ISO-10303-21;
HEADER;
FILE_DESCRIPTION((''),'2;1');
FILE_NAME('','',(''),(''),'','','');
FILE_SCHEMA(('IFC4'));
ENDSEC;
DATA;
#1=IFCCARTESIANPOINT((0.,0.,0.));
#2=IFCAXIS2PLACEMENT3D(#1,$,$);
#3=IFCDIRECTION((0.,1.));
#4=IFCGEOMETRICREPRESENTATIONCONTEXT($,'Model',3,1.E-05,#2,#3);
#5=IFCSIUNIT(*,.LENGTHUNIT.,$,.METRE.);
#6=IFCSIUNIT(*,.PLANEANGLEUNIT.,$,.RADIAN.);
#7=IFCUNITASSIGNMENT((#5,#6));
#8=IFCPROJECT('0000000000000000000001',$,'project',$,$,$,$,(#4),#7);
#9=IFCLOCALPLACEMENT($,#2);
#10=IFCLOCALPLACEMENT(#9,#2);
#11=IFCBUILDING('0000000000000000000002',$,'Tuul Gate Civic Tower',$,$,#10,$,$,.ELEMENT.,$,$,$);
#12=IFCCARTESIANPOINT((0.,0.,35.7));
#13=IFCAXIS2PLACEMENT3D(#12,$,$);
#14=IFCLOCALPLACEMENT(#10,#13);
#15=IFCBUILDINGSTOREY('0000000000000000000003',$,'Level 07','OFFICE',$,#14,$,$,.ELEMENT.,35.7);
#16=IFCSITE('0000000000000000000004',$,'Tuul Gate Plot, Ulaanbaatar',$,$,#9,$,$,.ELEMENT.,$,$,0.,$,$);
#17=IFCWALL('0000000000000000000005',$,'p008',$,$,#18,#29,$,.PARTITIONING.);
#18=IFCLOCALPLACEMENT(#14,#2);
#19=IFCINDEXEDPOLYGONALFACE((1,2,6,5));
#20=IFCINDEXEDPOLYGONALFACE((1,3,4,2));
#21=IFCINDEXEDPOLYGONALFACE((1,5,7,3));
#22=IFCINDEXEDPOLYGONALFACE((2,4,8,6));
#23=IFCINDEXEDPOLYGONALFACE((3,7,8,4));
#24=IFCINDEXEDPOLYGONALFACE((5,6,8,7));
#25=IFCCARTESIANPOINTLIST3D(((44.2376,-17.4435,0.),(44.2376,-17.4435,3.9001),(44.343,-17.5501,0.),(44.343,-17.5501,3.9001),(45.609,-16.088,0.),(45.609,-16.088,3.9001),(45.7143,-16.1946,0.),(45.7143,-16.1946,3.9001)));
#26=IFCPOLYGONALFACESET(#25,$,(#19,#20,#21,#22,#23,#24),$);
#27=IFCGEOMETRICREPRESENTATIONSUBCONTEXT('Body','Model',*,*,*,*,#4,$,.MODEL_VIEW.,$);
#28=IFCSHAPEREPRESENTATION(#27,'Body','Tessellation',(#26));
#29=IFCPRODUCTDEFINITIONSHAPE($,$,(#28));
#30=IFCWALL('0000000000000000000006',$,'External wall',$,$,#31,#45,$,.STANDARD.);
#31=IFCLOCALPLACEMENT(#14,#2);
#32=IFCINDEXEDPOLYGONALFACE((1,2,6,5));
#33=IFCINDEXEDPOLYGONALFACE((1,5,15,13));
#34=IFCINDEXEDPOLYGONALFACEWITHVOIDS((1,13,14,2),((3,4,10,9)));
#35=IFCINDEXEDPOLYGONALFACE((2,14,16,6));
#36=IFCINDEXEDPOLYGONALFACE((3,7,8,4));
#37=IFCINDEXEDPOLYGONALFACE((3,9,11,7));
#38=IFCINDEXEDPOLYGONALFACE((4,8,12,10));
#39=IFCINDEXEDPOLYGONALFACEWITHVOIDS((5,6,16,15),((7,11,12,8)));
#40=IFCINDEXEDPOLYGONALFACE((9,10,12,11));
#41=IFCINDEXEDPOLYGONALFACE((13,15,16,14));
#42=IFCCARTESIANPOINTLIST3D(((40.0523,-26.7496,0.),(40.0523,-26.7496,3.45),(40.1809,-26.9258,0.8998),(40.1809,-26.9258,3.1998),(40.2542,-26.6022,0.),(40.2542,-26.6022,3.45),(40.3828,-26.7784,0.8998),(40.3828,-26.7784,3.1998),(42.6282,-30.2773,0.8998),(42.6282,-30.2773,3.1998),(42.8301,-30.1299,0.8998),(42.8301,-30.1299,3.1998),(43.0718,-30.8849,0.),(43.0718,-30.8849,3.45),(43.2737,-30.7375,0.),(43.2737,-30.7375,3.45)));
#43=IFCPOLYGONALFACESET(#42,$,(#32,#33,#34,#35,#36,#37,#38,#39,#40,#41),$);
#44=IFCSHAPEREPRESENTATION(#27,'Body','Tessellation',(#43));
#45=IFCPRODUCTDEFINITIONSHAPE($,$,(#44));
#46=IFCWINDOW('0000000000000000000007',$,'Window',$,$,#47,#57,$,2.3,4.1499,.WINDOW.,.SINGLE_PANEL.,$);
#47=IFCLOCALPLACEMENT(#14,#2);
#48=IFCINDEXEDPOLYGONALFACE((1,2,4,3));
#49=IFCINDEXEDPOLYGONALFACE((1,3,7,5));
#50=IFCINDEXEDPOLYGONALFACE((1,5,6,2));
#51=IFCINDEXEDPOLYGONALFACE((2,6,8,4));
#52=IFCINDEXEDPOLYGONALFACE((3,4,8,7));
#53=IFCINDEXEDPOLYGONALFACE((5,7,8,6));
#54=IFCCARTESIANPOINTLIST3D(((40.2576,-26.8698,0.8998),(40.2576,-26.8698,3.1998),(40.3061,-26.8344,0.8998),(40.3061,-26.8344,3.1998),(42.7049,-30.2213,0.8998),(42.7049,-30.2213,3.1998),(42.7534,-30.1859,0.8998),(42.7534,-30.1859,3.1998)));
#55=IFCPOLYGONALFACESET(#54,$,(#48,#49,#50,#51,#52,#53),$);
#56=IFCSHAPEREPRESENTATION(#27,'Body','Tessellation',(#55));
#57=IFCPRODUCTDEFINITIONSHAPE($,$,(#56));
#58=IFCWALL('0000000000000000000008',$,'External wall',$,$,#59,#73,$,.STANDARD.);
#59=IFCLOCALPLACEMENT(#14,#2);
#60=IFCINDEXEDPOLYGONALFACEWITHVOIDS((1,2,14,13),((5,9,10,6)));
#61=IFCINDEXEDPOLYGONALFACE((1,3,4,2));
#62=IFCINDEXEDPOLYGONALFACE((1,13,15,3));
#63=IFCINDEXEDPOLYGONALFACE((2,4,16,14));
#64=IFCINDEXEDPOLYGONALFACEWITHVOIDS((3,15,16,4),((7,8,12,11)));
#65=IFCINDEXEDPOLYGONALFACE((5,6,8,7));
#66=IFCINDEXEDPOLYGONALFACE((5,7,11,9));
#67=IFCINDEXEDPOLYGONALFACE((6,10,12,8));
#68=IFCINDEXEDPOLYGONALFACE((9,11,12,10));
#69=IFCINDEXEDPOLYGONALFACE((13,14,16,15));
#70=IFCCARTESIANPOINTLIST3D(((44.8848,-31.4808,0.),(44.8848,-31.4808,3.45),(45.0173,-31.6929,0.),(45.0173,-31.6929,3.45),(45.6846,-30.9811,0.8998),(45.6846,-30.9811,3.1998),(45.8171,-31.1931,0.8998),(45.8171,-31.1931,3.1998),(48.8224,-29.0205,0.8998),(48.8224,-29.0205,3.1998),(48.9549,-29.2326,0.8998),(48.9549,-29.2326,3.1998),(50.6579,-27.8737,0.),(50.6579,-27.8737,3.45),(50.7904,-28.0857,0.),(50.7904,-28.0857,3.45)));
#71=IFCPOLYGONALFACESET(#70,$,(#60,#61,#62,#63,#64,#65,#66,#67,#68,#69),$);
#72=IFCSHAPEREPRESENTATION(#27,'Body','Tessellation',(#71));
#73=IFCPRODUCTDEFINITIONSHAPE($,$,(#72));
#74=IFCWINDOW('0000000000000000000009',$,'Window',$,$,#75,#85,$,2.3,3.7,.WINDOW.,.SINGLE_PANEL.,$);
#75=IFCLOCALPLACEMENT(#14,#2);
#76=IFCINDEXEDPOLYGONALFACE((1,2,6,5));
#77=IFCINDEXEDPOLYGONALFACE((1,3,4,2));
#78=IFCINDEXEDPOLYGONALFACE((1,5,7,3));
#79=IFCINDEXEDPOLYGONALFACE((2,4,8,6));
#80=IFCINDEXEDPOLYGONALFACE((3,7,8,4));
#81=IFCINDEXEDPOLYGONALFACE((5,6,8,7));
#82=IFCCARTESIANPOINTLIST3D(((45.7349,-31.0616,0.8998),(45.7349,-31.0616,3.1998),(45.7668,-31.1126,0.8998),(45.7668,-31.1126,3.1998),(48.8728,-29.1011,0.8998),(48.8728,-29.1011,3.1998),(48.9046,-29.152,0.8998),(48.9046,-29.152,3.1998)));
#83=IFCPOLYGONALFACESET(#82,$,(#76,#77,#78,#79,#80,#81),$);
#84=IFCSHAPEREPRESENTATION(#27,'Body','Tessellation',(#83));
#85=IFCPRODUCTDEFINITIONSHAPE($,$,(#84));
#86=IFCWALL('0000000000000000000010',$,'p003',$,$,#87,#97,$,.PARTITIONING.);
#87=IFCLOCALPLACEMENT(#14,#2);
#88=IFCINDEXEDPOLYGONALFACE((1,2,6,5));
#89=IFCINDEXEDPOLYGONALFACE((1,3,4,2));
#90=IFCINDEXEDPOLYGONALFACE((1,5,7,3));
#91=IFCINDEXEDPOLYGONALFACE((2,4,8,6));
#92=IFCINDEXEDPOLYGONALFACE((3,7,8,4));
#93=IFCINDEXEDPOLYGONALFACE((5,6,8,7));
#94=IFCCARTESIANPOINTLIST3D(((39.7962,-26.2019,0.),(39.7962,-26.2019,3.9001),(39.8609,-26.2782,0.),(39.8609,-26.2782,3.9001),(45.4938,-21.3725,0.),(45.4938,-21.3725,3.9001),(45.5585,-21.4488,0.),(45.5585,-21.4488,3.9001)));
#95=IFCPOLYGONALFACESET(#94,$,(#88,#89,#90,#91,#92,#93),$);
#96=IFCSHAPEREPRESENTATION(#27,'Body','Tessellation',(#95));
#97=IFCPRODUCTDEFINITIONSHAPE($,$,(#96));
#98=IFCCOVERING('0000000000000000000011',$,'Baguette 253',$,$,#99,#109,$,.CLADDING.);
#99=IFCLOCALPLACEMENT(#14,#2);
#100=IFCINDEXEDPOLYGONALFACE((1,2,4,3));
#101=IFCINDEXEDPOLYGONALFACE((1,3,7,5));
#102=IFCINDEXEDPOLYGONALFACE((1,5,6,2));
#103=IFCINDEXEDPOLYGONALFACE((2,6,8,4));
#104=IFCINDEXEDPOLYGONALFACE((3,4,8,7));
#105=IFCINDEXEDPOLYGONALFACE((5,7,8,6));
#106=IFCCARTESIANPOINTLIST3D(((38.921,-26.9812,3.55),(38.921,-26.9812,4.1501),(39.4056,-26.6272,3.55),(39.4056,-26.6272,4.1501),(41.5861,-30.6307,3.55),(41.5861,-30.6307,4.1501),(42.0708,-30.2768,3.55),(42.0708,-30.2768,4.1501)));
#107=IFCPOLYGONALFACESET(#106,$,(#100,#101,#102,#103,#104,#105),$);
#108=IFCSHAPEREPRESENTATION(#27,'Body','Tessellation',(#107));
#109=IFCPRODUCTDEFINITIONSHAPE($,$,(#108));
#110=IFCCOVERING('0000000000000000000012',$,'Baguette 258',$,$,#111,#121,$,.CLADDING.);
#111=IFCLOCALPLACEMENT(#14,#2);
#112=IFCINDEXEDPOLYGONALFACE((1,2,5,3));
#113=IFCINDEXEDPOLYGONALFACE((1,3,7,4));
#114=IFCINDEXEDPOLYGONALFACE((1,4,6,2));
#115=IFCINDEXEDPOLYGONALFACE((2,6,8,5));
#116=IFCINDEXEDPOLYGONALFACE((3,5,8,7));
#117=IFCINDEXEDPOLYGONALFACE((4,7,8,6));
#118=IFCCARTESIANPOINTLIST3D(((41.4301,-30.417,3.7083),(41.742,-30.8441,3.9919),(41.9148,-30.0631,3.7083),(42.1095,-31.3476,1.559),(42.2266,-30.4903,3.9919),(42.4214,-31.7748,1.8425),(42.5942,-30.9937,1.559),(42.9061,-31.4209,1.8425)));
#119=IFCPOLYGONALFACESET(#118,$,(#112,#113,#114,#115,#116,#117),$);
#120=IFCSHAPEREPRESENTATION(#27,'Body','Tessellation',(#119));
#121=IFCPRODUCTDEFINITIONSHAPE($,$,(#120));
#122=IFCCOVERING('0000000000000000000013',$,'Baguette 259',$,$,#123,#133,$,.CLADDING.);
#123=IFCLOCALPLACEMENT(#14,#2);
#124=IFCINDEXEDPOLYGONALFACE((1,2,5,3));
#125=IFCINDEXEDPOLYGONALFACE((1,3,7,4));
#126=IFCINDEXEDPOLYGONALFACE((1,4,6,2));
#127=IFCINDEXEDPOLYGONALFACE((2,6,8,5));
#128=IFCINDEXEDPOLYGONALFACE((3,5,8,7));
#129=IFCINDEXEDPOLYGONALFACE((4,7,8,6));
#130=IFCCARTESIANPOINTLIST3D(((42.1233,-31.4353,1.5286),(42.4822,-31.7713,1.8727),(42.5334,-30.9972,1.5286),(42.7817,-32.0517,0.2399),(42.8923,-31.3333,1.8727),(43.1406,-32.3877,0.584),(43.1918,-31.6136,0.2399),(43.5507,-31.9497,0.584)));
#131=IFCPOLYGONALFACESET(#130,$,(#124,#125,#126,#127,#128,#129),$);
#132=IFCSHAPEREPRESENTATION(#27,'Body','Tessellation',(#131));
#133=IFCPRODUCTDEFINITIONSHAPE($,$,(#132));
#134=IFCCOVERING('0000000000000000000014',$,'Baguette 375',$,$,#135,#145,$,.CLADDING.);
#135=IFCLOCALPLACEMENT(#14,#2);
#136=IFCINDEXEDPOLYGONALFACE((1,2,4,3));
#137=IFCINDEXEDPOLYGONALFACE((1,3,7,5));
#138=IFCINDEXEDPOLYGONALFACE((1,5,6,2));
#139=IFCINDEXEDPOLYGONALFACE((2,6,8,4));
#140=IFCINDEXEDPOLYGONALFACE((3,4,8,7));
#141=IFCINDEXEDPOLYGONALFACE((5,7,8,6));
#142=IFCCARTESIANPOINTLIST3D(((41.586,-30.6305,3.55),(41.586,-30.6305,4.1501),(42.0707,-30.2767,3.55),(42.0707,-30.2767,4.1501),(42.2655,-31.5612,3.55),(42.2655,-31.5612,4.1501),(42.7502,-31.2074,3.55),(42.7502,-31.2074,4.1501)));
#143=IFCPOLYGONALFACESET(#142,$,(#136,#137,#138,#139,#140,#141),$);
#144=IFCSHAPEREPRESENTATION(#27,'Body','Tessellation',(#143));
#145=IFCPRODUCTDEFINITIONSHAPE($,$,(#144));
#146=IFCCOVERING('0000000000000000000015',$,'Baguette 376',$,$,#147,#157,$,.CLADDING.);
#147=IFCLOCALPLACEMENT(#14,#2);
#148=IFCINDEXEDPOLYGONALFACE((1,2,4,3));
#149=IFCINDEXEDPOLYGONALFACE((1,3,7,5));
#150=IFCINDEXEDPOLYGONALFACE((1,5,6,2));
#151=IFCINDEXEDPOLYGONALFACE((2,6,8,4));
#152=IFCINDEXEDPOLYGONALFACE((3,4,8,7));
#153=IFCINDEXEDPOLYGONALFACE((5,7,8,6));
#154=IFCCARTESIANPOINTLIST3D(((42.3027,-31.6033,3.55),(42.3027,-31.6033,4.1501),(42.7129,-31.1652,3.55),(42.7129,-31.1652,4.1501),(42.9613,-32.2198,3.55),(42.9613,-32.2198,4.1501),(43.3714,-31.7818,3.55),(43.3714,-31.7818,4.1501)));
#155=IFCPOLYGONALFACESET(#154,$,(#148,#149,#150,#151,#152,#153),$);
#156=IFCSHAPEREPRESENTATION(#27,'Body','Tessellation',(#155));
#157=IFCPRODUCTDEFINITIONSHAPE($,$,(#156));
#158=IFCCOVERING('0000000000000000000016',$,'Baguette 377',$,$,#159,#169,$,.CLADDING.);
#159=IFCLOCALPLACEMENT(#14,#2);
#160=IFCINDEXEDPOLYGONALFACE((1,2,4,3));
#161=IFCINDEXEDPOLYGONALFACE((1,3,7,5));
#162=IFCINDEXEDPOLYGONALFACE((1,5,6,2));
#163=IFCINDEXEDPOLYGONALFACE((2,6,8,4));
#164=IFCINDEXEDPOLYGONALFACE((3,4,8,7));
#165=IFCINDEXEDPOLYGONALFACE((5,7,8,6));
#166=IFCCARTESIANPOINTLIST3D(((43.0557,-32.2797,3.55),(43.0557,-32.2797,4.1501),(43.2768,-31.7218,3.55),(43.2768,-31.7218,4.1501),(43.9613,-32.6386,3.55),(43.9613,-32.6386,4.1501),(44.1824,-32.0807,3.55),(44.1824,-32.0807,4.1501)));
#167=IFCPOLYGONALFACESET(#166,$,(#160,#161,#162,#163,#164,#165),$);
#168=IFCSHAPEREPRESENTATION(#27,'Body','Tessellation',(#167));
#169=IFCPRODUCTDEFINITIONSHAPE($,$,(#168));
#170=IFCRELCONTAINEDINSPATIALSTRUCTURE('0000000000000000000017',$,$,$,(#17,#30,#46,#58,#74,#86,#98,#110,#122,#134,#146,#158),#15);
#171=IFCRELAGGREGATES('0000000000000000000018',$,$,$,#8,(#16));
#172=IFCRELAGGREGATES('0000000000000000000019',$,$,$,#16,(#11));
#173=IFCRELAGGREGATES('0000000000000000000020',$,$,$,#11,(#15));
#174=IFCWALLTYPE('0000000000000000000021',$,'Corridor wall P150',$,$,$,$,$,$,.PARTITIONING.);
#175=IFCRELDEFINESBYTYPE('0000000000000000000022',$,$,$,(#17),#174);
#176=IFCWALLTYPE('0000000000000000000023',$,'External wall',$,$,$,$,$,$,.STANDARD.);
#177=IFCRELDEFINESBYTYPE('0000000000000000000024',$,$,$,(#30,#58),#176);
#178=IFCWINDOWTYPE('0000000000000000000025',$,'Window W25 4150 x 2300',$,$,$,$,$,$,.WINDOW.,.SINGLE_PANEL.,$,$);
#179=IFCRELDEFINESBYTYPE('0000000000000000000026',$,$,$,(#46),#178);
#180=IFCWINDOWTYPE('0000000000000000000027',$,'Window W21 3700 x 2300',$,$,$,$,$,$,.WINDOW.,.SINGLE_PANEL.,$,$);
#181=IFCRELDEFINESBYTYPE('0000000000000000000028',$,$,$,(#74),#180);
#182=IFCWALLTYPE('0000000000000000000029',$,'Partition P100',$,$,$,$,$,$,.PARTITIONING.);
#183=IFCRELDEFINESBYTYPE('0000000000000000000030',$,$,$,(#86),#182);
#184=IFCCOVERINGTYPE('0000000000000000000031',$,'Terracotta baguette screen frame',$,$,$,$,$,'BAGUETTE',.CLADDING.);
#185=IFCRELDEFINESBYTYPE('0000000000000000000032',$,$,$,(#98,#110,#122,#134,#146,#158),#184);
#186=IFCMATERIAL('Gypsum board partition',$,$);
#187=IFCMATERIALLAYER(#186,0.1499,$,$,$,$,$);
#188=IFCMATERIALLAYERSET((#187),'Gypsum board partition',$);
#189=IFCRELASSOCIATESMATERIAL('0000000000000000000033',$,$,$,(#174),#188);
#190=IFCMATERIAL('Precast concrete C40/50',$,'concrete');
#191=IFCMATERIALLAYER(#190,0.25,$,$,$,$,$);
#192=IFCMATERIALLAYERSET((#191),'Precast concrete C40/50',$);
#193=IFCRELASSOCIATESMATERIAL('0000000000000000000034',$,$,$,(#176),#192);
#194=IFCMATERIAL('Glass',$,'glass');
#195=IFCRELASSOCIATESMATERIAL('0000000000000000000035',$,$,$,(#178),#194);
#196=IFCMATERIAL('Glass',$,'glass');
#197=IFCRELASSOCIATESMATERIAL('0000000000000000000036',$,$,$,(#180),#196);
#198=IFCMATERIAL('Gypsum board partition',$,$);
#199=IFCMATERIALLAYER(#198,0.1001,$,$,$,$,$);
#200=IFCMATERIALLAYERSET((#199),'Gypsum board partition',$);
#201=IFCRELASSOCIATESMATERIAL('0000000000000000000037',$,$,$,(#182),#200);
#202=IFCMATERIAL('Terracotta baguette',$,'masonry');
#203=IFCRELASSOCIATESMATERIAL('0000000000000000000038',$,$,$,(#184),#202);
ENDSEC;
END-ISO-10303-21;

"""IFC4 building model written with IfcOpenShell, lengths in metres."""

from ifc_helpers import new_model, si_unit, direction, frame, frame_2d, origin, origin_2d, place, context, subcontext, project, spatial, rectangle, extrude, material, layer, layer_set, material_profile, profile_set, type_object, element, fill, save


model = new_model("IFC4")

# Units and contexts
model_context = context("Model", 3, precision=1e-05, world=origin(), true_north=direction((0.0, 1.0)))
body_context = subcontext(model_context, "Body", "Model", "MODEL_VIEW")
ifc_project = project(units=[si_unit("LENGTHUNIT", "METRE"), si_unit("PLANEANGLEUNIT", "RADIAN")], contexts=[model_context])

# Site, building, storey
site_placement = place(None, origin())
site = spatial("IfcSite", under=ifc_project, at=site_placement, Name="Tuul Gate Plot, Ulaanbaatar", CompositionType="ELEMENT", RefElevation=0.0)
building_placement = place(site_placement, origin())
building = spatial("IfcBuilding", under=site, at=building_placement, Name="Tuul Gate Civic Tower", CompositionType="ELEMENT")
storey_placement = place(building_placement, frame((0.0, 0.0, 35.7)))
storey = spatial("IfcBuildingStorey", under=building, at=storey_placement, Name="Level 07", Description="OFFICE", CompositionType="ELEMENT", Elevation=35.7)

# Shared definitions
ifc_material_1 = material(Name="Gypsum board partition")
ifc_layer_1 = layer(ifc_material_1, 0.1499)
ifc_layer_set_1 = layer_set([ifc_layer_1], Name="Gypsum board partition")
wall_type_1 = type_object("IfcWallType", Name="Corridor wall P150", PredefinedType="PARTITIONING", material=ifc_layer_set_1)

# Wall
wall_1_placement = place(storey_placement, frame((44.2903, -17.4968, 0.0), z_axis=(0.0, 0.0, 1.0), x_axis=(0.71121, 0.70298, 0.0)))
element("IfcWall", 1, at=wall_1_placement, inside=storey, type_object=wall_type_1, Name="p008", PredefinedType="PARTITIONING", context=body_context, shape_type="SweptSolid", body=[
    extrude(rectangle(XDim=1.9282, YDim=0.1499, at=frame_2d((0.9641, 0.0))), origin(), (0.0, 0.0, 1.0), 3.9001),
])

# Walls, openings, windows
ifc_material_2 = material(Name="Precast concrete C40/50", Category="concrete")
ifc_layer_2 = layer(ifc_material_2, 0.25)
ifc_layer_set_2 = layer_set([ifc_layer_2], Name="Precast concrete C40/50")
wall_type_2 = type_object("IfcWallType", Name="External wall", PredefinedType="STANDARD", material=ifc_layer_set_2)
wall_2_placement = place(storey_placement, frame((40.1533, -26.676, 0.0), z_axis=(0.0, 0.0, 1.0), x_axis=(0.589713, -0.807613, 0.0)))
wall_2 = element("IfcWall", 2, at=wall_2_placement, inside=storey, type_object=wall_type_2, Name="External wall", PredefinedType="STANDARD", context=body_context, shape_type="SweptSolid", body=[
    extrude(rectangle(XDim=5.1204, YDim=0.25, at=frame_2d((2.5601, 0.0))), origin(), (0.0, 0.0, 1.0), 3.45),
])
opening_1_placement = place(wall_2_placement, frame((0.218, 0.0, 0.8999)))
opening_1 = element("IfcOpeningElement", 3, at=opening_1_placement, cuts=wall_2, PredefinedType="OPENING", context=body_context, shape_type="SweptSolid", body=[
    extrude(rectangle(XDim=4.1499, YDim=2.3, at=frame_2d((2.075, 1.1499))), frame((0.0, 0.135, 0.0), z_axis=(0.0, -1.0, 0.0), x_axis=(1.0, 0.0, 0.0)), (0.0, 0.0, 1.0), 0.27),
])
ifc_material_3 = material(Name="Glass", Category="glass")
window_type_1 = type_object("IfcWindowType", Name="Window W25 4150 x 2300", PartitioningType="SINGLE_PANEL", PredefinedType="WINDOW", material=ifc_material_3)
window_1_placement = place(opening_1_placement, origin())
window_1 = element("IfcWindow", 4, at=window_1_placement, inside=storey, type_object=window_type_1, Name="Window", OverallHeight=2.3, OverallWidth=4.1499, PartitioningType="SINGLE_PANEL", PredefinedType="WINDOW", context=body_context, shape_type="SweptSolid", body=[
    extrude(rectangle(XDim=4.1499, YDim=2.3, at=frame_2d((2.075, 1.1499))), frame((0.0, 0.03, 0.0), z_axis=(0.0, -1.0, 0.0), x_axis=(1.0, 0.0, 0.0)), (0.0, 0.0, 1.0), 0.0601),
])
fill(opening_1, window_1)
wall_3_placement = place(storey_placement, frame((44.9509, -31.5869, 0.0), z_axis=(0.0, 0.0, 1.0), x_axis=(0.848069, 0.529886, 0.0)))
wall_3 = element("IfcWall", 5, at=wall_3_placement, inside=storey, type_object=wall_type_2, Name="External wall", PredefinedType="STANDARD", context=body_context, shape_type="SweptSolid", body=[
    extrude(rectangle(XDim=6.8074, YDim=0.25, at=frame_2d((3.4038, 0.0))), origin(), (0.0, 0.0, 1.0), 3.45),
])
opening_2_placement = place(wall_3_placement, frame((0.9431, 0.0, 0.8999)))
opening_2 = element("IfcOpeningElement", 6, at=opening_2_placement, cuts=wall_3, PredefinedType="OPENING", context=body_context, shape_type="SweptSolid", body=[
    extrude(rectangle(XDim=3.7, YDim=2.3, at=frame_2d((1.8501, 1.1499))), frame((0.0, 0.135, 0.0), z_axis=(0.0, -1.0, 0.0), x_axis=(1.0, 0.0, 0.0)), (0.0, 0.0, 1.0), 0.27),
])
ifc_material_4 = material(Name="Glass", Category="glass")
window_type_2 = type_object("IfcWindowType", Name="Window W21 3700 x 2300", PartitioningType="SINGLE_PANEL", PredefinedType="WINDOW", material=ifc_material_4)
window_2_placement = place(opening_2_placement, origin())
window_2 = element("IfcWindow", 7, at=window_2_placement, inside=storey, type_object=window_type_2, Name="Window", OverallHeight=2.3, OverallWidth=3.7, PartitioningType="SINGLE_PANEL", PredefinedType="WINDOW", context=body_context, shape_type="SweptSolid", body=[
    extrude(rectangle(XDim=3.7, YDim=2.3, at=frame_2d((1.8501, 1.1499))), frame((0.0, 0.03, 0.0), z_axis=(0.0, -1.0, 0.0), x_axis=(1.0, 0.0, 0.0)), (0.0, 0.0, 1.0), 0.0601),
])
fill(opening_2, window_2)

# Wall
ifc_material_5 = material(Name="Gypsum board partition")
ifc_layer_3 = layer(ifc_material_5, 0.1001)
ifc_layer_set_3 = layer_set([ifc_layer_3], Name="Gypsum board partition")
wall_type_3 = type_object("IfcWallType", Name="Partition P100", PredefinedType="PARTITIONING", material=ifc_layer_set_3)
wall_4_placement = place(storey_placement, frame((39.8286, -26.24, 0.0), z_axis=(0.0, 0.0, 1.0), x_axis=(0.762833, 0.646596, 0.0)))
element("IfcWall", 8, at=wall_4_placement, inside=storey, type_object=wall_type_3, Name="p003", PredefinedType="PARTITIONING", context=body_context, shape_type="SweptSolid", body=[
    extrude(rectangle(XDim=7.469, YDim=0.1001, at=frame_2d((3.7344, 0.0))), origin(), (0.0, 0.0, 1.0), 3.9001),
])

# Coverings
ifc_material_6 = material(Name="Terracotta baguette", Category="masonry")
ifc_material_profile_1 = material_profile(ifc_material_6, rectangle(XDim=0.6001, YDim=0.6001, at=origin_2d()), Name="Terracotta baguette screen frame")
ifc_profile_set_1 = profile_set([ifc_material_profile_1], Name="Terracotta baguette")
covering_type = type_object("IfcCoveringType", Name="Terracotta baguette screen frame", ElementType="BAGUETTE", PredefinedType="CLADDING", material=ifc_profile_set_1)
covering_1_placement = place(storey_placement, frame((39.1633, -26.8042, 3.8501), z_axis=(0.589751, -0.807585, 0.0), x_axis=(0.807585, 0.589751, 0.0)))
element("IfcCovering", 9, at=covering_1_placement, inside=storey, type_object=covering_type, Name="Baguette 253", PredefinedType="CLADDING", context=body_context, shape_type="SweptSolid", body=[
    extrude(rectangle(XDim=0.6001, YDim=0.6001, at=origin_2d()), origin(), (0.0, 0.0, 1.0), 4.519),
])
covering_2_placement = place(storey_placement, frame((41.8284, -30.4536, 3.8501), z_axis=(0.278597, -0.381607, -0.88134), x_axis=(0.807663, 0.589645, 0.0)))
element("IfcCovering", 10, at=covering_2_placement, inside=storey, type_object=covering_type, Name="Baguette 258", PredefinedType="CLADDING", context=body_context, shape_type="SweptSolid", body=[
    extrude(rectangle(XDim=0.6001, YDim=0.6001, at=origin_2d()), origin(), (0.0, 0.0, 1.0), 2.4387),
])
covering_3_placement = place(storey_placement, frame((42.5078, -31.3843, 1.7007), z_axis=(0.418568, -0.391874, -0.819289), x_axis=(0.683446, 0.730001, 0.0)))
element("IfcCovering", 11, at=covering_3_placement, inside=storey, type_object=covering_type, Name="Baguette 259", PredefinedType="CLADDING", context=body_context, shape_type="SweptSolid", body=[
    extrude(rectangle(XDim=0.6001, YDim=0.6001, at=origin_2d()), origin(), (0.0, 0.0, 1.0), 1.573),
])
covering_4_placement = place(storey_placement, frame((41.8284, -30.4536, 3.8501), z_axis=(0.589645, -0.807663, 0.0), x_axis=(0.807663, 0.589645, 0.0)))
element("IfcCovering", 12, at=covering_4_placement, inside=storey, type_object=covering_type, Name="Baguette 375", PredefinedType="CLADDING", context=body_context, shape_type="SweptSolid", body=[
    extrude(rectangle(XDim=0.6001, YDim=0.6001, at=origin_2d()), origin(), (0.0, 0.0, 1.0), 1.1523),
])
covering_5_placement = place(storey_placement, frame((42.5078, -31.3843, 3.8501), z_axis=(0.730001, -0.683446, 0.0), x_axis=(0.683446, 0.730001, 0.0)))
element("IfcCovering", 13, at=covering_5_placement, inside=storey, type_object=covering_type, Name="Baguette 376", PredefinedType="CLADDING", context=body_context, shape_type="SweptSolid", body=[
    extrude(rectangle(XDim=0.6001, YDim=0.6001, at=origin_2d()), origin(), (0.0, 0.0, 1.0), 0.9021),
])
covering_6_placement = place(storey_placement, frame((43.1663, -32.0007, 3.8501), z_axis=(0.929647, -0.36845, 0.0), x_axis=(0.36845, 0.929647, 0.0)))
element("IfcCovering", 14, at=covering_6_placement, inside=storey, type_object=covering_type, Name="Baguette 377", PredefinedType="CLADDING", context=body_context, shape_type="SweptSolid", body=[
    extrude(rectangle(XDim=0.6001, YDim=0.6001, at=origin_2d()), origin(), (0.0, 0.0, 1.0), 0.9741),
])

save(model, "model.ifc")
